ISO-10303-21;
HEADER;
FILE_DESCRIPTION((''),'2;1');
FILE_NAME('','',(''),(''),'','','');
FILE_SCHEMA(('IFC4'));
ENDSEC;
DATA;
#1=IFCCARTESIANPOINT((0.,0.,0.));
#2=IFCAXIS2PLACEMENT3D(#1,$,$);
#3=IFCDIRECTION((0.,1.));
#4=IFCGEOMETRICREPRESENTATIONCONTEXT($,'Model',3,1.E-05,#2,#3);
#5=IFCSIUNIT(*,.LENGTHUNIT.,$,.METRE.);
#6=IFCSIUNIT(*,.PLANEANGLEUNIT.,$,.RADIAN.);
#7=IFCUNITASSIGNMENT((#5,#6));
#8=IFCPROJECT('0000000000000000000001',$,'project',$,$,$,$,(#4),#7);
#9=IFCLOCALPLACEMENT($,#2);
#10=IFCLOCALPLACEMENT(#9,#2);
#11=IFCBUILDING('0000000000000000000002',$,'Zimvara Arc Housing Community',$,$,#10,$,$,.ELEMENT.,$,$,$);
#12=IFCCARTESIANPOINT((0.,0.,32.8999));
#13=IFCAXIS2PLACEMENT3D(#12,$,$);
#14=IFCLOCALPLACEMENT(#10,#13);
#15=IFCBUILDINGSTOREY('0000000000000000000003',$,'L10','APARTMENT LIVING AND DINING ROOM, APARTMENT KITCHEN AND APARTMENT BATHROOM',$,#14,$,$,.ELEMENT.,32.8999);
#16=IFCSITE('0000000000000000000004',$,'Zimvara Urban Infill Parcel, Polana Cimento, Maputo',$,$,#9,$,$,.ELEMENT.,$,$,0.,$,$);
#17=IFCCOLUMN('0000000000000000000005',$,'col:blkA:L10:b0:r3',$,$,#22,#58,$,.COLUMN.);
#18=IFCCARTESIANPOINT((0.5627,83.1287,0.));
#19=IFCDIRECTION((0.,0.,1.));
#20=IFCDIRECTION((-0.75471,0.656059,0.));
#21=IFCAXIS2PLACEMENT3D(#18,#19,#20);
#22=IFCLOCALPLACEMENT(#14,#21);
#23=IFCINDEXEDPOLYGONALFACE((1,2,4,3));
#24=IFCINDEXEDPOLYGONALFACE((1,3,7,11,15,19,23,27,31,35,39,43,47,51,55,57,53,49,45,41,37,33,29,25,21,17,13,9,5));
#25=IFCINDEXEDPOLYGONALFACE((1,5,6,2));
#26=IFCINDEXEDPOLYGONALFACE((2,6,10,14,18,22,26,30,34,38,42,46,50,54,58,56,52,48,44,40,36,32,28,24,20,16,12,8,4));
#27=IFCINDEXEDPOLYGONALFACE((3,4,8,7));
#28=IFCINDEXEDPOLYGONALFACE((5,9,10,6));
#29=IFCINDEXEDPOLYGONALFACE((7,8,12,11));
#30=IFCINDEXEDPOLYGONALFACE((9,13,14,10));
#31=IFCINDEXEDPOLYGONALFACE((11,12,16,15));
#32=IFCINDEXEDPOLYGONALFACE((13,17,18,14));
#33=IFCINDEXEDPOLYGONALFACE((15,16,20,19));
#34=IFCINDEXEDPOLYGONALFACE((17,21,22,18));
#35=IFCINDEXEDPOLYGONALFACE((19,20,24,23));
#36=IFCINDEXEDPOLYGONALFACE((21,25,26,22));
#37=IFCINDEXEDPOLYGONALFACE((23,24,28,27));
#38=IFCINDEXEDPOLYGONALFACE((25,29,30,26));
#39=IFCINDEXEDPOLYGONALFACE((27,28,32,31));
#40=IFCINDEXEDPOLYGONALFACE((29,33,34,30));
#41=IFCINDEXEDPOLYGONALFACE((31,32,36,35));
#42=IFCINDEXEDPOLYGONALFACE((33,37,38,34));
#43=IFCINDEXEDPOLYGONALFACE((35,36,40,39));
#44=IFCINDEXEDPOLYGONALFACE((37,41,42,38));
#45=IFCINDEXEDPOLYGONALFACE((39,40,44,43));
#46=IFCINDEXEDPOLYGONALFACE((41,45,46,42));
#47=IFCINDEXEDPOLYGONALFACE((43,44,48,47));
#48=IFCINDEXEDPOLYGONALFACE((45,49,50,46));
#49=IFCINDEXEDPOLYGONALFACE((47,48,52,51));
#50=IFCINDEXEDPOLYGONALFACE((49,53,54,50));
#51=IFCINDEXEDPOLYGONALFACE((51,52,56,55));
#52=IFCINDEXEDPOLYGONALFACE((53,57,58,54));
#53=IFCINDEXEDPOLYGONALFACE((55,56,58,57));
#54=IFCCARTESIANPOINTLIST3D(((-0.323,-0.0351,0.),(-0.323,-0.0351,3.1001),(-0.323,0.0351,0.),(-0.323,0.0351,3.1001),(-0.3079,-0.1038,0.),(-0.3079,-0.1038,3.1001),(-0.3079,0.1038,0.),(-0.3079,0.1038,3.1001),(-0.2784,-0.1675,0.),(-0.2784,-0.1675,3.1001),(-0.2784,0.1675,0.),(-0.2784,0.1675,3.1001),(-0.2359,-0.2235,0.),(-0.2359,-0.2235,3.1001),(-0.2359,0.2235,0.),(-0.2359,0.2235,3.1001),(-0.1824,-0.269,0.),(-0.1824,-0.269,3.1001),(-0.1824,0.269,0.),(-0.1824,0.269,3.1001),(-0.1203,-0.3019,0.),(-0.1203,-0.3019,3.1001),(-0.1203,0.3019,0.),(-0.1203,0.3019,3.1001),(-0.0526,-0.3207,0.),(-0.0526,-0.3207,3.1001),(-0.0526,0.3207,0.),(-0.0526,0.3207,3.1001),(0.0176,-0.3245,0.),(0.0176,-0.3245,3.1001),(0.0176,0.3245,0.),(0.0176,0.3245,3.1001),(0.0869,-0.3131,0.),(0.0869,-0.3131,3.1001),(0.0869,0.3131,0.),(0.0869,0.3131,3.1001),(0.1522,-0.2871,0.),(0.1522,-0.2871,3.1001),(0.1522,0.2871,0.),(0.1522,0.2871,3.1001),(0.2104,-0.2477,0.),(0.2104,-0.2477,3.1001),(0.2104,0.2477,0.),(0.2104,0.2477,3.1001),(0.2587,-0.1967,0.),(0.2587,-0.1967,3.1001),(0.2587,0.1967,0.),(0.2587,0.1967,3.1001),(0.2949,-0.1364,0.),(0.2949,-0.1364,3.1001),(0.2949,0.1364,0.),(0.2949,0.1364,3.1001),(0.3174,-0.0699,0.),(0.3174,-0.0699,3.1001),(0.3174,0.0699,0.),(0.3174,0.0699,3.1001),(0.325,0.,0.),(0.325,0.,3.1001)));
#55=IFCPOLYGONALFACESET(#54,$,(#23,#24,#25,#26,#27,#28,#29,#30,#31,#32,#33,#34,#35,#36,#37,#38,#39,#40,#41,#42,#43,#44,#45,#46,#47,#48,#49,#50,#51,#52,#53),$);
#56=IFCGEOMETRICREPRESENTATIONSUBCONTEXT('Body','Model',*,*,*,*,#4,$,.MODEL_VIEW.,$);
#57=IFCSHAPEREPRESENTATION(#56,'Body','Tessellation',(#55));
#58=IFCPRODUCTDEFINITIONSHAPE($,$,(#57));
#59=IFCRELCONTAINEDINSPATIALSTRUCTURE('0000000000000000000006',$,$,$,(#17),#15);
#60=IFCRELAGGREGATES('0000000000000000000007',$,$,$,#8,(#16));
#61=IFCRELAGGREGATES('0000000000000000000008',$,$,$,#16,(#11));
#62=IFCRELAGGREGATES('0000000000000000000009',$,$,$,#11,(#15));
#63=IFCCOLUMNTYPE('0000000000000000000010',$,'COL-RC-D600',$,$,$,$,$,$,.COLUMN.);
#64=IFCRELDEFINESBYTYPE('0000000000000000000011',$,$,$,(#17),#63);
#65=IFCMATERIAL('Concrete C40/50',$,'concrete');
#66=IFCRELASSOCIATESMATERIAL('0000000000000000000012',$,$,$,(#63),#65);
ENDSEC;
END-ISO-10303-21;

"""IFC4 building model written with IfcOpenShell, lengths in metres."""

from ifc_helpers import new_model, si_unit, direction, frame, origin, origin_2d, place, context, subcontext, project, spatial, circle, extrude, material, material_profile, profile_set, type_object, element, save


model = new_model("IFC4")

# Units and contexts
model_context = context("Model", 3, precision=1e-05, world=origin(), true_north=direction((0.0, 1.0)))
body_context = subcontext(model_context, "Body", "Model", "MODEL_VIEW")
ifc_project = project(units=[si_unit("LENGTHUNIT", "METRE"), si_unit("PLANEANGLEUNIT", "RADIAN")], contexts=[model_context])

# Site, building, storey
site_placement = place(None, origin())
site = spatial("IfcSite", under=ifc_project, at=site_placement, Name="Zimvara Urban Infill Parcel, Polana Cimento, Maputo", CompositionType="ELEMENT", RefElevation=0.0)
building_placement = place(site_placement, origin())
building = spatial("IfcBuilding", under=site, at=building_placement, Name="Zimvara Arc Housing Community", CompositionType="ELEMENT")
storey_placement = place(building_placement, frame((0.0, 0.0, 32.8999)))
storey = spatial("IfcBuildingStorey", under=building, at=storey_placement, Name="L10", Description="APARTMENT LIVING AND DINING ROOM, APARTMENT KITCHEN AND APARTMENT BATHROOM", CompositionType="ELEMENT", Elevation=32.8999)

# Column
ifc_material_1 = material(Name="Concrete C40/50", Category="concrete")
ifc_material_profile_1 = material_profile(ifc_material_1, circle(Radius=0.325, at=origin_2d()), Name="RC D650")
ifc_profile_set_1 = profile_set([ifc_material_profile_1], Name="Concrete C40/50")
column_type_1 = type_object("IfcColumnType", Name="COL-RC-D600", PredefinedType="COLUMN", material=ifc_profile_set_1)
column_placement = place(storey_placement, frame((0.5627, 83.1287, 0.0), z_axis=(0.0, 0.0, 1.0), x_axis=(-0.75471, 0.656059, 0.0)))
element("IfcColumn", 1, at=column_placement, inside=storey, type_object=column_type_1, Name="col:blkA:L10:b0:r3", PredefinedType="COLUMN", context=body_context, shape_type="SweptSolid", body=[
    extrude(circle(Radius=0.325, at=origin_2d()), origin(), (0.0, 0.0, 1.0), 3.1001),
])

save(model, "model.ifc")
